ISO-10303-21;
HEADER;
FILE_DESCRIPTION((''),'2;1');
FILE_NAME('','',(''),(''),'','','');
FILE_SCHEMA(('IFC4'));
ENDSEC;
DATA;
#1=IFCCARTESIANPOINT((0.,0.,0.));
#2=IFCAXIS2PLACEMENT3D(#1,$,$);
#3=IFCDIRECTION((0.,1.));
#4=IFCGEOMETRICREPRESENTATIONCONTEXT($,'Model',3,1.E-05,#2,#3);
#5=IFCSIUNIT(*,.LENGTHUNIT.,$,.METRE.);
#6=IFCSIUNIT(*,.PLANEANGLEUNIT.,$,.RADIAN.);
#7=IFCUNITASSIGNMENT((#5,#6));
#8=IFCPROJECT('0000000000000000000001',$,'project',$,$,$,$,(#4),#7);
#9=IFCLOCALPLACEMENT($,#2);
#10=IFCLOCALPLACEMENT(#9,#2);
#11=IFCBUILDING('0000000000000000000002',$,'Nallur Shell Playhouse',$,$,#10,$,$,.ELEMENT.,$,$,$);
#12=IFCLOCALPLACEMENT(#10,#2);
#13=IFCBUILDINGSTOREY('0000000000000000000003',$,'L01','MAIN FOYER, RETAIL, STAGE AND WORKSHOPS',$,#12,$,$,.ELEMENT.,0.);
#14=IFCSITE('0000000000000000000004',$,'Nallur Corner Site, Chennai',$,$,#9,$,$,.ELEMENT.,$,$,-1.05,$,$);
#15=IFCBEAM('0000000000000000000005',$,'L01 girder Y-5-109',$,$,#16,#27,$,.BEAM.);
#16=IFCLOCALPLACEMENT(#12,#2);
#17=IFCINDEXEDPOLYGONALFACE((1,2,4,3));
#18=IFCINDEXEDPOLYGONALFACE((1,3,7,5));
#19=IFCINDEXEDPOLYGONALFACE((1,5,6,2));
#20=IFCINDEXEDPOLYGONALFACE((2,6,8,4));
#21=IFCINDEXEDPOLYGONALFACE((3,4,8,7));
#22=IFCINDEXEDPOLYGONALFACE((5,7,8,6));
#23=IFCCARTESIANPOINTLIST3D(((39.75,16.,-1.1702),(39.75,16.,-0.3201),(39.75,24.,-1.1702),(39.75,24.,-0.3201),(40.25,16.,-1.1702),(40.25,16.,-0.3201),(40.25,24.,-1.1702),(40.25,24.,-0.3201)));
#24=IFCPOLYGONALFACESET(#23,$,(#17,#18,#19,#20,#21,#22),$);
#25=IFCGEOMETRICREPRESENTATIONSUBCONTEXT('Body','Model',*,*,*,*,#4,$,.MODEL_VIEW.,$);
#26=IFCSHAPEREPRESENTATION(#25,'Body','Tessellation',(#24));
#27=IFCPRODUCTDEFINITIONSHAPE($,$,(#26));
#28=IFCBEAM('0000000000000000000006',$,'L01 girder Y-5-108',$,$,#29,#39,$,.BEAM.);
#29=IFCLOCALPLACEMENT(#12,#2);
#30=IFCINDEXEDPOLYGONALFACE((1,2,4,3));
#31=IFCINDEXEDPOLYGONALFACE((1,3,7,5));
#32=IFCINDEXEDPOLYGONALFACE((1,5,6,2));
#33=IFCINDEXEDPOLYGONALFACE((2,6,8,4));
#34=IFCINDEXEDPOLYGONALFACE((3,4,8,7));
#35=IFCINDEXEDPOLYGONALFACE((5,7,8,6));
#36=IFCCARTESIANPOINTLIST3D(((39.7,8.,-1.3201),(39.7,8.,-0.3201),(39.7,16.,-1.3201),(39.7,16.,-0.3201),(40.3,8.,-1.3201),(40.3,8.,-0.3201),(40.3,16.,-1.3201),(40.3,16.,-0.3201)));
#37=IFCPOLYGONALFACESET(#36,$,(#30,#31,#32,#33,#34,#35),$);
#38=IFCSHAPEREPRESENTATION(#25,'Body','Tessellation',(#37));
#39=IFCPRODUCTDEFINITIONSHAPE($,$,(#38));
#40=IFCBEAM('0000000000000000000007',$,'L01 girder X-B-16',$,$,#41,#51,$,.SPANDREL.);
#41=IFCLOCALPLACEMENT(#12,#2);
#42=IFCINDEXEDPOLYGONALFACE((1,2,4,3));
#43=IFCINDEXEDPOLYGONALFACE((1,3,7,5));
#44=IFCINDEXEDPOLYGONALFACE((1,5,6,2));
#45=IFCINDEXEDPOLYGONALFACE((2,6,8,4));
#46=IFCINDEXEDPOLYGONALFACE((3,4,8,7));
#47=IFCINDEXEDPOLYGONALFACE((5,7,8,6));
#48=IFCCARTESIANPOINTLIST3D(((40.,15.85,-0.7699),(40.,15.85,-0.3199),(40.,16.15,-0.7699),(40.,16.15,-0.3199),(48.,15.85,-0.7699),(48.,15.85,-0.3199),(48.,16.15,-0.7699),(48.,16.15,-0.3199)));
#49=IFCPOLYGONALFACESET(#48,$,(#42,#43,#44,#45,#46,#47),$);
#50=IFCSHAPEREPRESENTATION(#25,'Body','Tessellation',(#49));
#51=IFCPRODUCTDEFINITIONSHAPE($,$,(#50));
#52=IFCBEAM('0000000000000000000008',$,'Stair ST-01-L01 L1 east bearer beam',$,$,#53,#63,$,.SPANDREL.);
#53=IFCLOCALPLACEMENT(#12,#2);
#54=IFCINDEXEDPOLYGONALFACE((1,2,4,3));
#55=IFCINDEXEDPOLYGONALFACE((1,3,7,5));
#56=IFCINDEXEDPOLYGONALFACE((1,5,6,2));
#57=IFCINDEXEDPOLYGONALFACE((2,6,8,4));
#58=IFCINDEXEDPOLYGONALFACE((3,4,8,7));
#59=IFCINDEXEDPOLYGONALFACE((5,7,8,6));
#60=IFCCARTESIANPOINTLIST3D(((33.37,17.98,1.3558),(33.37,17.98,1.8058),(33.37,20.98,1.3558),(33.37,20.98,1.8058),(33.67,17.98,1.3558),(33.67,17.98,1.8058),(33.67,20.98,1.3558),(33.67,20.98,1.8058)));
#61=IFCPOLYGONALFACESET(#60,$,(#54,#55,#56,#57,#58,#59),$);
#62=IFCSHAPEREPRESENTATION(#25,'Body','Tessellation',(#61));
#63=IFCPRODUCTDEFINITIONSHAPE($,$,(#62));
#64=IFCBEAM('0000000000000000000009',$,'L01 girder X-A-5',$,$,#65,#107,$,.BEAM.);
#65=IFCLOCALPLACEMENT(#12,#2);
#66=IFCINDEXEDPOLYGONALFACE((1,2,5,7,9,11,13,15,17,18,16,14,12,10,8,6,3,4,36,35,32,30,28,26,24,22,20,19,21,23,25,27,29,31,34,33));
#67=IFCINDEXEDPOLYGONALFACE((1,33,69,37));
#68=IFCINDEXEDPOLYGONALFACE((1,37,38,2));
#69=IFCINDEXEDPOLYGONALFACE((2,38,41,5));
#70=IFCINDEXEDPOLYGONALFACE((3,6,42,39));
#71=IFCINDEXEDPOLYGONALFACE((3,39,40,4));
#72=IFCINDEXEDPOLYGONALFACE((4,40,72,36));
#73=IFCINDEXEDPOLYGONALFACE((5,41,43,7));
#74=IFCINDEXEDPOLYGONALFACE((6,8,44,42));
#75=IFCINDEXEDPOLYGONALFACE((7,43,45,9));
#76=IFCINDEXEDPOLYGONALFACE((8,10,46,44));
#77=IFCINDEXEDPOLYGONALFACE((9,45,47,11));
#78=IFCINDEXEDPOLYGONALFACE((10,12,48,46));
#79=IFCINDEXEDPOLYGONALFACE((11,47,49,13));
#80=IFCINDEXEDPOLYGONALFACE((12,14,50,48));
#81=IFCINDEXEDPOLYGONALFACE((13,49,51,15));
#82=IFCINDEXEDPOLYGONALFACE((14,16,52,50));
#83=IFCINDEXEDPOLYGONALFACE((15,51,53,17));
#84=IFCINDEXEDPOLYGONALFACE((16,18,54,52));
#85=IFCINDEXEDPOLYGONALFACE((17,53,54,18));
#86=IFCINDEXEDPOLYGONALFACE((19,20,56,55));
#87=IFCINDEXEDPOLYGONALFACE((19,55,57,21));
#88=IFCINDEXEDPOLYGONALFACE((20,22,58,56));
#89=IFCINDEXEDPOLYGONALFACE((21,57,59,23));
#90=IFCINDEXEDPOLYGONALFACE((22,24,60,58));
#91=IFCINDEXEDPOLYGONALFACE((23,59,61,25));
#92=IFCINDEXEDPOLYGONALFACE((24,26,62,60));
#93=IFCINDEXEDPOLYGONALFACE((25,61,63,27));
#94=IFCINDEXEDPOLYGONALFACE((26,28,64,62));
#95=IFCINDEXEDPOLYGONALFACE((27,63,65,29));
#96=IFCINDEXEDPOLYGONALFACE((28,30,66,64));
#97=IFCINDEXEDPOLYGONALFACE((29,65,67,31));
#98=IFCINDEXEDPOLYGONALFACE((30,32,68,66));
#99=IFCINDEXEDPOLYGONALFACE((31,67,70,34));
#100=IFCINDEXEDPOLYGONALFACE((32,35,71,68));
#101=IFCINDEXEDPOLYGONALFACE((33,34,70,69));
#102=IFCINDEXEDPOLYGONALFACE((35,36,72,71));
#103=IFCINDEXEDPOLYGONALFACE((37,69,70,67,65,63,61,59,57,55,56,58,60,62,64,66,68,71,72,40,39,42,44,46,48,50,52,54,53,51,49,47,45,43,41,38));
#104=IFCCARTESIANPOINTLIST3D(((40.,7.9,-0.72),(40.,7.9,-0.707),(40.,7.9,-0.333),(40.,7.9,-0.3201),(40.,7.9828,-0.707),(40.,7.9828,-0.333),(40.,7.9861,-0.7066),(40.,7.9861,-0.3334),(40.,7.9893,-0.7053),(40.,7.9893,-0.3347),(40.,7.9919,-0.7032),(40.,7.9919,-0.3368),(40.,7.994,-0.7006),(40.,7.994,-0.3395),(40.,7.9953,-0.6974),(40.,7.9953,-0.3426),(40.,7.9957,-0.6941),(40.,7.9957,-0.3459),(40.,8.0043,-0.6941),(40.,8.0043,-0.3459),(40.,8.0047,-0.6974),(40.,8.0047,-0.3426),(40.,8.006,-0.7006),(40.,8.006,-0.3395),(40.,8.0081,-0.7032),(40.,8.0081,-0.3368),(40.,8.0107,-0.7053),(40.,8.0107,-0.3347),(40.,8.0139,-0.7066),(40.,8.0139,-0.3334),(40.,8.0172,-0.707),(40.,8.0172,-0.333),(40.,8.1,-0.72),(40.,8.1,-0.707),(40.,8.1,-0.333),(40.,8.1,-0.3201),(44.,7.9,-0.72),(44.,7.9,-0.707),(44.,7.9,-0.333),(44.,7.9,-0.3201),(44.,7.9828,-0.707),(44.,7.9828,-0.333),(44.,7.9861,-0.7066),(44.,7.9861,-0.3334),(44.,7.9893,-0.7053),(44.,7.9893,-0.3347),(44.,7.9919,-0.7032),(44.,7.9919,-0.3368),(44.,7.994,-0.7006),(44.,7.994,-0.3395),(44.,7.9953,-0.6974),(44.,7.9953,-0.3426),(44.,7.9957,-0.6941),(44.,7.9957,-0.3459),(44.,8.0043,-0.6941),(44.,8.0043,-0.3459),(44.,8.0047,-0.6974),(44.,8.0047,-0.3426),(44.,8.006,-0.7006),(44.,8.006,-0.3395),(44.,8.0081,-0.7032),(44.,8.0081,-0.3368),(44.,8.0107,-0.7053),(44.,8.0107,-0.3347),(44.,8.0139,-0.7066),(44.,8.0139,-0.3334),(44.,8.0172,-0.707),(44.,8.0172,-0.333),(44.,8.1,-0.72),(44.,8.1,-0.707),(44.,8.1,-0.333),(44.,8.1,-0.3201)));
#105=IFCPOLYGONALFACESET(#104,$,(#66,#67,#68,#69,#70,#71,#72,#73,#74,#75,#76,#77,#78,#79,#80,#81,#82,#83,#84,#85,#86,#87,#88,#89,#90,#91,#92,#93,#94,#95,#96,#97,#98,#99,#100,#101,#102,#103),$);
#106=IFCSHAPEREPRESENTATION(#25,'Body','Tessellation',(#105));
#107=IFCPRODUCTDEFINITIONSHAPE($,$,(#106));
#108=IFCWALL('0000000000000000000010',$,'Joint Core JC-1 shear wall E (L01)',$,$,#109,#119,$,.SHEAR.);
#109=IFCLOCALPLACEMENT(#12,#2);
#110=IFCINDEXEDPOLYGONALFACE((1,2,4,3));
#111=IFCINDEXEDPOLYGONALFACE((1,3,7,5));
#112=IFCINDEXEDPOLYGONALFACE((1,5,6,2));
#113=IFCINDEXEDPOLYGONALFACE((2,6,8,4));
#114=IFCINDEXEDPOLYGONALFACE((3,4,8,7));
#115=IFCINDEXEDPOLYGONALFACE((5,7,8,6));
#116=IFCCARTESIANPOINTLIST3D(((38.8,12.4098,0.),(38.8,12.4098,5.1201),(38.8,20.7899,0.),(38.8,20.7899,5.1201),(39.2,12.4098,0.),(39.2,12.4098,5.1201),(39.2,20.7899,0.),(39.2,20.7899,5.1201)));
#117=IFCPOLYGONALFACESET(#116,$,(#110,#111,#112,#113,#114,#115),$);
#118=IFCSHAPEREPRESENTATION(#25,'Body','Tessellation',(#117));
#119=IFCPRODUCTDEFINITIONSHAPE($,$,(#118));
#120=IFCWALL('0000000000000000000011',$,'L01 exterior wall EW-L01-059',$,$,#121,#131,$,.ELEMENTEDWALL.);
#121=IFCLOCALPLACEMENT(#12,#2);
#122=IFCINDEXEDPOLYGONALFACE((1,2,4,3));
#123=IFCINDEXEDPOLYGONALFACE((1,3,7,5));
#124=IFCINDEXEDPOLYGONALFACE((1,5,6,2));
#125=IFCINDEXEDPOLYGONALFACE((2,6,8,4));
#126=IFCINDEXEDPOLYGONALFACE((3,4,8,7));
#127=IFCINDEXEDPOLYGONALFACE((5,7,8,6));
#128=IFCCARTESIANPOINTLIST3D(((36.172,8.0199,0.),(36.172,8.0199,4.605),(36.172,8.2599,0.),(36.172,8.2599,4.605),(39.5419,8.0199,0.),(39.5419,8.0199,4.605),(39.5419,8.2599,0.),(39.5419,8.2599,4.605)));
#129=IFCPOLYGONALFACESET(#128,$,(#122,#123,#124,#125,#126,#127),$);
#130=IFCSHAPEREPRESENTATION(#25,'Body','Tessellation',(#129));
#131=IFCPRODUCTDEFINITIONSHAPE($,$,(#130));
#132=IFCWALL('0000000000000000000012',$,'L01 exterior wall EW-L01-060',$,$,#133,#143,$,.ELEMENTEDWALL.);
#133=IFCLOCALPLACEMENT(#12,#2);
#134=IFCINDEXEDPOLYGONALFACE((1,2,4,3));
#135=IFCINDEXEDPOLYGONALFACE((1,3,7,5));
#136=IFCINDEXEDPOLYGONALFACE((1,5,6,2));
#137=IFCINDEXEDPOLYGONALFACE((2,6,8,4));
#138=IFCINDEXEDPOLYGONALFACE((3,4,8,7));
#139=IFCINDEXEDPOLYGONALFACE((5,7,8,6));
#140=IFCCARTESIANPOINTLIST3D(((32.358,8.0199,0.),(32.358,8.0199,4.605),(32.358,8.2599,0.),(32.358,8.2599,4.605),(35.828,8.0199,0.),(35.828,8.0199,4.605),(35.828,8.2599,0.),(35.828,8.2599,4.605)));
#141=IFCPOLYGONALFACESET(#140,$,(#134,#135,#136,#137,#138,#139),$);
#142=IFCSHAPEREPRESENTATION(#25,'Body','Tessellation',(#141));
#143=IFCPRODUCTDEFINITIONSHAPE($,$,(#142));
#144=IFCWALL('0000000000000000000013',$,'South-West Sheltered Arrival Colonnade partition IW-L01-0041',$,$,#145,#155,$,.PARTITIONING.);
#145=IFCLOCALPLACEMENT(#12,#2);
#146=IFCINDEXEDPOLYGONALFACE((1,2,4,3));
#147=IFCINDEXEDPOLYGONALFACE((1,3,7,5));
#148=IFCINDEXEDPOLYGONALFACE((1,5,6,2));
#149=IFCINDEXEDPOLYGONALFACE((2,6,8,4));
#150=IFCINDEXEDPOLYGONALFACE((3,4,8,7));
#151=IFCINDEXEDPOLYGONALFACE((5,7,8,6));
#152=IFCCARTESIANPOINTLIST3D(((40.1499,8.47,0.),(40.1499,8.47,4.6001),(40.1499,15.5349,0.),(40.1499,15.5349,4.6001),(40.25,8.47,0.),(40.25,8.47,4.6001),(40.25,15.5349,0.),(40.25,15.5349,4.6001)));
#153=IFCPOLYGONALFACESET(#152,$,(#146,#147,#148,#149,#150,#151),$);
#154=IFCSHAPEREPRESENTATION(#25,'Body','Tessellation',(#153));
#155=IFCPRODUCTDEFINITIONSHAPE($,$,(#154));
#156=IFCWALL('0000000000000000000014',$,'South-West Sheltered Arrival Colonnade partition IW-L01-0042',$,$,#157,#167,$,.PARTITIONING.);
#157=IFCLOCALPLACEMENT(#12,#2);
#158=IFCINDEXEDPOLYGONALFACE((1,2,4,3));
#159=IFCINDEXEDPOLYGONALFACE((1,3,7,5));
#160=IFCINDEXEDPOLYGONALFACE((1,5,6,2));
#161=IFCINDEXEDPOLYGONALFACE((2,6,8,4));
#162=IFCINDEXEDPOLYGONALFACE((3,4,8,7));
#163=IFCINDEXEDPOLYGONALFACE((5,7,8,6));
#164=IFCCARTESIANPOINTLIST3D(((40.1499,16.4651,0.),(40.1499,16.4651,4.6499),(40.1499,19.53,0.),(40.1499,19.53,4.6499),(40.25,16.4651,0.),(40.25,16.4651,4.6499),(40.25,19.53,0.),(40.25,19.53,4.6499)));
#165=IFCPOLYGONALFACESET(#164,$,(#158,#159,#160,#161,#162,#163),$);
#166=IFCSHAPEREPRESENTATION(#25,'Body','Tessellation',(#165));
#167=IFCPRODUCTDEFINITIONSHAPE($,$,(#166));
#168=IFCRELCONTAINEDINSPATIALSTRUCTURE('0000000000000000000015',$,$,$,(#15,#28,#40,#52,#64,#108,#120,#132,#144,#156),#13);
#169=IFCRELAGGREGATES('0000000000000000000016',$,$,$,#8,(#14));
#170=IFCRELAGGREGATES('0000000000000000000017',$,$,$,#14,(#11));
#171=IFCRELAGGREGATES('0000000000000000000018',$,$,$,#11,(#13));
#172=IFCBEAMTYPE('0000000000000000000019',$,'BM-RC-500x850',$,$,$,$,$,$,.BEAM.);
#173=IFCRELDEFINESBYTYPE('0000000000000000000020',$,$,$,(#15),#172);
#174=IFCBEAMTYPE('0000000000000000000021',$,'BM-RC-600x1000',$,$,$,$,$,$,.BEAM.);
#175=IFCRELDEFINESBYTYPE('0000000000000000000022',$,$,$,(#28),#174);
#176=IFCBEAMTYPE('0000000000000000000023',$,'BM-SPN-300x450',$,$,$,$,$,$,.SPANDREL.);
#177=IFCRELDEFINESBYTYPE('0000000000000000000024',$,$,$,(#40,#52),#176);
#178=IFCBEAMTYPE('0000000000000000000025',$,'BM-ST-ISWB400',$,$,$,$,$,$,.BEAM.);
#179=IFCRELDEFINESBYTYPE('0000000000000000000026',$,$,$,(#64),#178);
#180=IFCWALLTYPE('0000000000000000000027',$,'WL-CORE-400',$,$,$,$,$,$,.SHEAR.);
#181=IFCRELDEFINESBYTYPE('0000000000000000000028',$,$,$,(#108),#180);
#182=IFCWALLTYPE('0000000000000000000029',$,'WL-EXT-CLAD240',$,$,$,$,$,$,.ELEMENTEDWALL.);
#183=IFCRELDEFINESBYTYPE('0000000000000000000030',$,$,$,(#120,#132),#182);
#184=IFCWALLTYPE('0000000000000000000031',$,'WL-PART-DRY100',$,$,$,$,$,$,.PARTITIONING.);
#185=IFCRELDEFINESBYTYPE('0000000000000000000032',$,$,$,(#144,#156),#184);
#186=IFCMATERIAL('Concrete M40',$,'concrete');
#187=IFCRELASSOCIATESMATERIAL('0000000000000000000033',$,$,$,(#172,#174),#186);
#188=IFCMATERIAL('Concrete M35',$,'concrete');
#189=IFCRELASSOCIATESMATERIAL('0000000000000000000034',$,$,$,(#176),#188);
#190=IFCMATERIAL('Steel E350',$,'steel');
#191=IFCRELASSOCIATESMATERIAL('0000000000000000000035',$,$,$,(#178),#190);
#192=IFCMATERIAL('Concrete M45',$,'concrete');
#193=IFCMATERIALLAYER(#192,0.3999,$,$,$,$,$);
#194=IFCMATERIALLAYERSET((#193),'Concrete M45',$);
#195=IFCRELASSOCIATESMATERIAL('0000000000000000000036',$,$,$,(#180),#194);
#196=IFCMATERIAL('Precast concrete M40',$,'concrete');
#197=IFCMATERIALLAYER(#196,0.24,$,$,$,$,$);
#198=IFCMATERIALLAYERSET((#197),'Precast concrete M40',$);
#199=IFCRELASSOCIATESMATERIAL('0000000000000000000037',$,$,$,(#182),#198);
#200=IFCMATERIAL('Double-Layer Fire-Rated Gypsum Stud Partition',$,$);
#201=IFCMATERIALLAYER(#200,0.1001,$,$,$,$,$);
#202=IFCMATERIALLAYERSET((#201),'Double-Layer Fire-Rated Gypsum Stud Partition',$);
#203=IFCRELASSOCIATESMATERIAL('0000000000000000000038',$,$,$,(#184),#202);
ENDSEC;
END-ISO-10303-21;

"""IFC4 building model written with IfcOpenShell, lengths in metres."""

from ifc_helpers import new_model, si_unit, direction, frame, frame_2d, origin, origin_2d, place, context, subcontext, project, spatial, rectangle, i_section, extrude, material, layer, layer_set, material_profile, profile_set, type_object, element, save


model = new_model("IFC4")

# Units and contexts
model_context = context("Model", 3, precision=1e-05, world=origin(), true_north=direction((0.0, 1.0)))
body_context = subcontext(model_context, "Body", "Model", "MODEL_VIEW")
ifc_project = project(units=[si_unit("LENGTHUNIT", "METRE"), si_unit("PLANEANGLEUNIT", "RADIAN")], contexts=[model_context])

# Site, building, storey
site_placement = place(None, origin())
site = spatial("IfcSite", under=ifc_project, at=site_placement, Name="Nallur Corner Site, Chennai", CompositionType="ELEMENT", RefElevation=-1.05)
building_placement = place(site_placement, origin())
building = spatial("IfcBuilding", under=site, at=building_placement, Name="Nallur Shell Playhouse", CompositionType="ELEMENT")
storey_placement = place(building_placement, origin())
storey = spatial("IfcBuildingStorey", under=building, at=storey_placement, Name="L01", Description="MAIN FOYER, RETAIL, STAGE AND WORKSHOPS", CompositionType="ELEMENT", Elevation=0.0)

# Shared definitions
ifc_material_1 = material(Name="Concrete M35", Category="concrete")
ifc_material_2 = material(Name="Concrete M40", Category="concrete")
ifc_material_3 = material(Name="Steel E350", Category="steel")

# Beams
ifc_material_profile_1 = material_profile(ifc_material_2, rectangle(XDim=0.5, YDim=0.8501, at=origin_2d()), Name="RC 500x850")
ifc_profile_set_1 = profile_set([ifc_material_profile_1], Name="Concrete M40")
beam_type_1 = type_object("IfcBeamType", Name="BM-RC-500x850", PredefinedType="BEAM", material=ifc_profile_set_1)
beam_1_placement = place(storey_placement, frame((40.0, 16.0, -0.7451), z_axis=(0.0, 1.0, 0.0), x_axis=(-1.0, 0.0, 0.0)))
element("IfcBeam", 1, at=beam_1_placement, inside=storey, type_object=beam_type_1, Name="L01 girder Y-5-109", PredefinedType="BEAM", context=body_context, shape_type="SweptSolid", body=[
    extrude(rectangle(XDim=0.5, YDim=0.8501, at=origin_2d()), origin(), (0.0, 0.0, 1.0), 8.0),
])
ifc_material_profile_2 = material_profile(ifc_material_2, rectangle(XDim=0.6001, YDim=1.0, at=origin_2d()), Name="RC 600x1000")
ifc_profile_set_2 = profile_set([ifc_material_profile_2], Name="Concrete M40")
beam_type_2 = type_object("IfcBeamType", Name="BM-RC-600x1000", PredefinedType="BEAM", material=ifc_profile_set_2)
beam_2_placement = place(storey_placement, frame((40.0, 8.0, -0.8201), z_axis=(0.0, 1.0, 0.0), x_axis=(-1.0, 0.0, 0.0)))
element("IfcBeam", 2, at=beam_2_placement, inside=storey, type_object=beam_type_2, Name="L01 girder Y-5-108", PredefinedType="BEAM", context=body_context, shape_type="SweptSolid", body=[
    extrude(rectangle(XDim=0.6001, YDim=1.0, at=origin_2d()), origin(), (0.0, 0.0, 1.0), 8.0),
])
ifc_material_profile_3 = material_profile(ifc_material_1, rectangle(XDim=0.3, YDim=0.45, at=origin_2d()), Name="RC 300x450")
ifc_profile_set_3 = profile_set([ifc_material_profile_3], Name="Concrete M35")
beam_type_3 = type_object("IfcBeamType", Name="BM-SPN-300x450", PredefinedType="SPANDREL", material=ifc_profile_set_3)
beam_3_placement = place(storey_placement, frame((40.0, 16.0, -0.5449), z_axis=(1.0, 0.0, 0.0), x_axis=(0.0, 1.0, 0.0)))
element("IfcBeam", 3, at=beam_3_placement, inside=storey, type_object=beam_type_3, Name="L01 girder X-B-16", PredefinedType="SPANDREL", context=body_context, shape_type="SweptSolid", body=[
    extrude(rectangle(XDim=0.3, YDim=0.45, at=origin_2d()), origin(), (0.0, 0.0, 1.0), 8.0),
])
beam_4_placement = place(storey_placement, frame((33.52, 17.98, 1.5808), z_axis=(0.0, 1.0, 0.0), x_axis=(-1.0, 0.0, 0.0)))
element("IfcBeam", 4, at=beam_4_placement, inside=storey, type_object=beam_type_3, Name="Stair ST-01-L01 L1 east bearer beam", PredefinedType="SPANDREL", context=body_context, shape_type="SweptSolid", body=[
    extrude(rectangle(XDim=0.3, YDim=0.45, at=origin_2d()), origin(), (0.0, 0.0, 1.0), 3.0),
])
ifc_material_profile_4 = material_profile(ifc_material_3, i_section(OverallWidth=0.2, OverallDepth=0.3999, WebThickness=0.0085, FlangeThickness=0.0129, FilletRadius=0.0129, at=origin_2d()), Name="ISWB 400")
ifc_profile_set_4 = profile_set([ifc_material_profile_4], Name="Steel E350")
beam_type_4 = type_object("IfcBeamType", Name="BM-ST-ISWB400", PredefinedType="BEAM", material=ifc_profile_set_4)
beam_5_placement = place(storey_placement, frame((40.0, 8.0, -0.52), z_axis=(1.0, 0.0, 0.0), x_axis=(0.0, 1.0, 0.0)))
element("IfcBeam", 5, at=beam_5_placement, inside=storey, type_object=beam_type_4, Name="L01 girder X-A-5", PredefinedType="BEAM", context=body_context, shape_type="SweptSolid", body=[
    extrude(i_section(OverallWidth=0.2, OverallDepth=0.3999, WebThickness=0.0085, FlangeThickness=0.0129, FilletRadius=0.0129, at=origin_2d()), origin(), (0.0, 0.0, 1.0), 4.0),
])

# Walls
ifc_material_4 = material(Name="Concrete M45", Category="concrete")
ifc_layer_1 = layer(ifc_material_4, 0.3999)
ifc_layer_set_1 = layer_set([ifc_layer_1], Name="Concrete M45")
wall_type_1 = type_object("IfcWallType", Name="WL-CORE-400", PredefinedType="SHEAR", material=ifc_layer_set_1)
wall_1_placement = place(storey_placement, frame((39.0, 12.4099, 0.0), z_axis=(0.0, 0.0, 1.0), x_axis=(0.0, 1.0, 0.0)))
element("IfcWall", 6, at=wall_1_placement, inside=storey, type_object=wall_type_1, Name="Joint Core JC-1 shear wall E (L01)", PredefinedType="SHEAR", context=body_context, shape_type="SweptSolid", body=[
    extrude(rectangle(XDim=8.3801, YDim=0.3999, at=frame_2d((4.1899, 0.0))), origin(), (0.0, 0.0, 1.0), 5.1201),
])
ifc_material_5 = material(Name="Precast concrete M40", Category="concrete")
ifc_layer_2 = layer(ifc_material_5, 0.24)
ifc_layer_set_2 = layer_set([ifc_layer_2], Name="Precast concrete M40")
wall_type_2 = type_object("IfcWallType", Name="WL-EXT-CLAD240", PredefinedType="ELEMENTEDWALL", material=ifc_layer_set_2)
wall_2_placement = place(storey_placement, frame((39.542, 8.1399, 0.0), z_axis=(0.0, 0.0, 1.0), x_axis=(-1.0, 0.0, 0.0)))
element("IfcWall", 7, at=wall_2_placement, inside=storey, type_object=wall_type_2, Name="L01 exterior wall EW-L01-059", PredefinedType="ELEMENTEDWALL", context=body_context, shape_type="SweptSolid", body=[
    extrude(rectangle(XDim=3.3699, YDim=0.24, at=frame_2d((1.6851, 0.0))), origin(), (0.0, 0.0, 1.0), 4.605),
])
wall_3_placement = place(storey_placement, frame((35.8279, 8.1399, 0.0), z_axis=(0.0, 0.0, 1.0), x_axis=(-1.0, 0.0, 0.0)))
element("IfcWall", 8, at=wall_3_placement, inside=storey, type_object=wall_type_2, Name="L01 exterior wall EW-L01-060", PredefinedType="ELEMENTEDWALL", context=body_context, shape_type="SweptSolid", body=[
    extrude(rectangle(XDim=3.47, YDim=0.24, at=frame_2d((1.7349, 0.0))), origin(), (0.0, 0.0, 1.0), 4.605),
])
ifc_material_6 = material(Name="Double-Layer Fire-Rated Gypsum Stud Partition")
ifc_layer_3 = layer(ifc_material_6, 0.1001)
ifc_layer_set_3 = layer_set([ifc_layer_3], Name="Double-Layer Fire-Rated Gypsum Stud Partition")
wall_type_3 = type_object("IfcWallType", Name="WL-PART-DRY100", PredefinedType="PARTITIONING", material=ifc_layer_set_3)
wall_4_placement = place(storey_placement, frame((40.2, 8.47, 0.0), z_axis=(0.0, 0.0, 1.0), x_axis=(0.0, 1.0, 0.0)))
element("IfcWall", 9, at=wall_4_placement, inside=storey, type_object=wall_type_3, Name="South-West Sheltered Arrival Colonnade partition IW-L01-0041", PredefinedType="PARTITIONING", context=body_context, shape_type="SweptSolid", body=[
    extrude(rectangle(XDim=7.0649, YDim=0.1001, at=frame_2d((3.5325, 0.0))), origin(), (0.0, 0.0, 1.0), 4.6001),
])
wall_5_placement = place(storey_placement, frame((40.2, 16.4651, 0.0), z_axis=(0.0, 0.0, 1.0), x_axis=(0.0, 1.0, 0.0)))
element("IfcWall", 10, at=wall_5_placement, inside=storey, type_object=wall_type_3, Name="South-West Sheltered Arrival Colonnade partition IW-L01-0042", PredefinedType="PARTITIONING", context=body_context, shape_type="SweptSolid", body=[
    extrude(rectangle(XDim=3.0649, YDim=0.1001, at=frame_2d((1.5325, 0.0))), origin(), (0.0, 0.0, 1.0), 4.6499),
])

save(model, "model.ifc")
